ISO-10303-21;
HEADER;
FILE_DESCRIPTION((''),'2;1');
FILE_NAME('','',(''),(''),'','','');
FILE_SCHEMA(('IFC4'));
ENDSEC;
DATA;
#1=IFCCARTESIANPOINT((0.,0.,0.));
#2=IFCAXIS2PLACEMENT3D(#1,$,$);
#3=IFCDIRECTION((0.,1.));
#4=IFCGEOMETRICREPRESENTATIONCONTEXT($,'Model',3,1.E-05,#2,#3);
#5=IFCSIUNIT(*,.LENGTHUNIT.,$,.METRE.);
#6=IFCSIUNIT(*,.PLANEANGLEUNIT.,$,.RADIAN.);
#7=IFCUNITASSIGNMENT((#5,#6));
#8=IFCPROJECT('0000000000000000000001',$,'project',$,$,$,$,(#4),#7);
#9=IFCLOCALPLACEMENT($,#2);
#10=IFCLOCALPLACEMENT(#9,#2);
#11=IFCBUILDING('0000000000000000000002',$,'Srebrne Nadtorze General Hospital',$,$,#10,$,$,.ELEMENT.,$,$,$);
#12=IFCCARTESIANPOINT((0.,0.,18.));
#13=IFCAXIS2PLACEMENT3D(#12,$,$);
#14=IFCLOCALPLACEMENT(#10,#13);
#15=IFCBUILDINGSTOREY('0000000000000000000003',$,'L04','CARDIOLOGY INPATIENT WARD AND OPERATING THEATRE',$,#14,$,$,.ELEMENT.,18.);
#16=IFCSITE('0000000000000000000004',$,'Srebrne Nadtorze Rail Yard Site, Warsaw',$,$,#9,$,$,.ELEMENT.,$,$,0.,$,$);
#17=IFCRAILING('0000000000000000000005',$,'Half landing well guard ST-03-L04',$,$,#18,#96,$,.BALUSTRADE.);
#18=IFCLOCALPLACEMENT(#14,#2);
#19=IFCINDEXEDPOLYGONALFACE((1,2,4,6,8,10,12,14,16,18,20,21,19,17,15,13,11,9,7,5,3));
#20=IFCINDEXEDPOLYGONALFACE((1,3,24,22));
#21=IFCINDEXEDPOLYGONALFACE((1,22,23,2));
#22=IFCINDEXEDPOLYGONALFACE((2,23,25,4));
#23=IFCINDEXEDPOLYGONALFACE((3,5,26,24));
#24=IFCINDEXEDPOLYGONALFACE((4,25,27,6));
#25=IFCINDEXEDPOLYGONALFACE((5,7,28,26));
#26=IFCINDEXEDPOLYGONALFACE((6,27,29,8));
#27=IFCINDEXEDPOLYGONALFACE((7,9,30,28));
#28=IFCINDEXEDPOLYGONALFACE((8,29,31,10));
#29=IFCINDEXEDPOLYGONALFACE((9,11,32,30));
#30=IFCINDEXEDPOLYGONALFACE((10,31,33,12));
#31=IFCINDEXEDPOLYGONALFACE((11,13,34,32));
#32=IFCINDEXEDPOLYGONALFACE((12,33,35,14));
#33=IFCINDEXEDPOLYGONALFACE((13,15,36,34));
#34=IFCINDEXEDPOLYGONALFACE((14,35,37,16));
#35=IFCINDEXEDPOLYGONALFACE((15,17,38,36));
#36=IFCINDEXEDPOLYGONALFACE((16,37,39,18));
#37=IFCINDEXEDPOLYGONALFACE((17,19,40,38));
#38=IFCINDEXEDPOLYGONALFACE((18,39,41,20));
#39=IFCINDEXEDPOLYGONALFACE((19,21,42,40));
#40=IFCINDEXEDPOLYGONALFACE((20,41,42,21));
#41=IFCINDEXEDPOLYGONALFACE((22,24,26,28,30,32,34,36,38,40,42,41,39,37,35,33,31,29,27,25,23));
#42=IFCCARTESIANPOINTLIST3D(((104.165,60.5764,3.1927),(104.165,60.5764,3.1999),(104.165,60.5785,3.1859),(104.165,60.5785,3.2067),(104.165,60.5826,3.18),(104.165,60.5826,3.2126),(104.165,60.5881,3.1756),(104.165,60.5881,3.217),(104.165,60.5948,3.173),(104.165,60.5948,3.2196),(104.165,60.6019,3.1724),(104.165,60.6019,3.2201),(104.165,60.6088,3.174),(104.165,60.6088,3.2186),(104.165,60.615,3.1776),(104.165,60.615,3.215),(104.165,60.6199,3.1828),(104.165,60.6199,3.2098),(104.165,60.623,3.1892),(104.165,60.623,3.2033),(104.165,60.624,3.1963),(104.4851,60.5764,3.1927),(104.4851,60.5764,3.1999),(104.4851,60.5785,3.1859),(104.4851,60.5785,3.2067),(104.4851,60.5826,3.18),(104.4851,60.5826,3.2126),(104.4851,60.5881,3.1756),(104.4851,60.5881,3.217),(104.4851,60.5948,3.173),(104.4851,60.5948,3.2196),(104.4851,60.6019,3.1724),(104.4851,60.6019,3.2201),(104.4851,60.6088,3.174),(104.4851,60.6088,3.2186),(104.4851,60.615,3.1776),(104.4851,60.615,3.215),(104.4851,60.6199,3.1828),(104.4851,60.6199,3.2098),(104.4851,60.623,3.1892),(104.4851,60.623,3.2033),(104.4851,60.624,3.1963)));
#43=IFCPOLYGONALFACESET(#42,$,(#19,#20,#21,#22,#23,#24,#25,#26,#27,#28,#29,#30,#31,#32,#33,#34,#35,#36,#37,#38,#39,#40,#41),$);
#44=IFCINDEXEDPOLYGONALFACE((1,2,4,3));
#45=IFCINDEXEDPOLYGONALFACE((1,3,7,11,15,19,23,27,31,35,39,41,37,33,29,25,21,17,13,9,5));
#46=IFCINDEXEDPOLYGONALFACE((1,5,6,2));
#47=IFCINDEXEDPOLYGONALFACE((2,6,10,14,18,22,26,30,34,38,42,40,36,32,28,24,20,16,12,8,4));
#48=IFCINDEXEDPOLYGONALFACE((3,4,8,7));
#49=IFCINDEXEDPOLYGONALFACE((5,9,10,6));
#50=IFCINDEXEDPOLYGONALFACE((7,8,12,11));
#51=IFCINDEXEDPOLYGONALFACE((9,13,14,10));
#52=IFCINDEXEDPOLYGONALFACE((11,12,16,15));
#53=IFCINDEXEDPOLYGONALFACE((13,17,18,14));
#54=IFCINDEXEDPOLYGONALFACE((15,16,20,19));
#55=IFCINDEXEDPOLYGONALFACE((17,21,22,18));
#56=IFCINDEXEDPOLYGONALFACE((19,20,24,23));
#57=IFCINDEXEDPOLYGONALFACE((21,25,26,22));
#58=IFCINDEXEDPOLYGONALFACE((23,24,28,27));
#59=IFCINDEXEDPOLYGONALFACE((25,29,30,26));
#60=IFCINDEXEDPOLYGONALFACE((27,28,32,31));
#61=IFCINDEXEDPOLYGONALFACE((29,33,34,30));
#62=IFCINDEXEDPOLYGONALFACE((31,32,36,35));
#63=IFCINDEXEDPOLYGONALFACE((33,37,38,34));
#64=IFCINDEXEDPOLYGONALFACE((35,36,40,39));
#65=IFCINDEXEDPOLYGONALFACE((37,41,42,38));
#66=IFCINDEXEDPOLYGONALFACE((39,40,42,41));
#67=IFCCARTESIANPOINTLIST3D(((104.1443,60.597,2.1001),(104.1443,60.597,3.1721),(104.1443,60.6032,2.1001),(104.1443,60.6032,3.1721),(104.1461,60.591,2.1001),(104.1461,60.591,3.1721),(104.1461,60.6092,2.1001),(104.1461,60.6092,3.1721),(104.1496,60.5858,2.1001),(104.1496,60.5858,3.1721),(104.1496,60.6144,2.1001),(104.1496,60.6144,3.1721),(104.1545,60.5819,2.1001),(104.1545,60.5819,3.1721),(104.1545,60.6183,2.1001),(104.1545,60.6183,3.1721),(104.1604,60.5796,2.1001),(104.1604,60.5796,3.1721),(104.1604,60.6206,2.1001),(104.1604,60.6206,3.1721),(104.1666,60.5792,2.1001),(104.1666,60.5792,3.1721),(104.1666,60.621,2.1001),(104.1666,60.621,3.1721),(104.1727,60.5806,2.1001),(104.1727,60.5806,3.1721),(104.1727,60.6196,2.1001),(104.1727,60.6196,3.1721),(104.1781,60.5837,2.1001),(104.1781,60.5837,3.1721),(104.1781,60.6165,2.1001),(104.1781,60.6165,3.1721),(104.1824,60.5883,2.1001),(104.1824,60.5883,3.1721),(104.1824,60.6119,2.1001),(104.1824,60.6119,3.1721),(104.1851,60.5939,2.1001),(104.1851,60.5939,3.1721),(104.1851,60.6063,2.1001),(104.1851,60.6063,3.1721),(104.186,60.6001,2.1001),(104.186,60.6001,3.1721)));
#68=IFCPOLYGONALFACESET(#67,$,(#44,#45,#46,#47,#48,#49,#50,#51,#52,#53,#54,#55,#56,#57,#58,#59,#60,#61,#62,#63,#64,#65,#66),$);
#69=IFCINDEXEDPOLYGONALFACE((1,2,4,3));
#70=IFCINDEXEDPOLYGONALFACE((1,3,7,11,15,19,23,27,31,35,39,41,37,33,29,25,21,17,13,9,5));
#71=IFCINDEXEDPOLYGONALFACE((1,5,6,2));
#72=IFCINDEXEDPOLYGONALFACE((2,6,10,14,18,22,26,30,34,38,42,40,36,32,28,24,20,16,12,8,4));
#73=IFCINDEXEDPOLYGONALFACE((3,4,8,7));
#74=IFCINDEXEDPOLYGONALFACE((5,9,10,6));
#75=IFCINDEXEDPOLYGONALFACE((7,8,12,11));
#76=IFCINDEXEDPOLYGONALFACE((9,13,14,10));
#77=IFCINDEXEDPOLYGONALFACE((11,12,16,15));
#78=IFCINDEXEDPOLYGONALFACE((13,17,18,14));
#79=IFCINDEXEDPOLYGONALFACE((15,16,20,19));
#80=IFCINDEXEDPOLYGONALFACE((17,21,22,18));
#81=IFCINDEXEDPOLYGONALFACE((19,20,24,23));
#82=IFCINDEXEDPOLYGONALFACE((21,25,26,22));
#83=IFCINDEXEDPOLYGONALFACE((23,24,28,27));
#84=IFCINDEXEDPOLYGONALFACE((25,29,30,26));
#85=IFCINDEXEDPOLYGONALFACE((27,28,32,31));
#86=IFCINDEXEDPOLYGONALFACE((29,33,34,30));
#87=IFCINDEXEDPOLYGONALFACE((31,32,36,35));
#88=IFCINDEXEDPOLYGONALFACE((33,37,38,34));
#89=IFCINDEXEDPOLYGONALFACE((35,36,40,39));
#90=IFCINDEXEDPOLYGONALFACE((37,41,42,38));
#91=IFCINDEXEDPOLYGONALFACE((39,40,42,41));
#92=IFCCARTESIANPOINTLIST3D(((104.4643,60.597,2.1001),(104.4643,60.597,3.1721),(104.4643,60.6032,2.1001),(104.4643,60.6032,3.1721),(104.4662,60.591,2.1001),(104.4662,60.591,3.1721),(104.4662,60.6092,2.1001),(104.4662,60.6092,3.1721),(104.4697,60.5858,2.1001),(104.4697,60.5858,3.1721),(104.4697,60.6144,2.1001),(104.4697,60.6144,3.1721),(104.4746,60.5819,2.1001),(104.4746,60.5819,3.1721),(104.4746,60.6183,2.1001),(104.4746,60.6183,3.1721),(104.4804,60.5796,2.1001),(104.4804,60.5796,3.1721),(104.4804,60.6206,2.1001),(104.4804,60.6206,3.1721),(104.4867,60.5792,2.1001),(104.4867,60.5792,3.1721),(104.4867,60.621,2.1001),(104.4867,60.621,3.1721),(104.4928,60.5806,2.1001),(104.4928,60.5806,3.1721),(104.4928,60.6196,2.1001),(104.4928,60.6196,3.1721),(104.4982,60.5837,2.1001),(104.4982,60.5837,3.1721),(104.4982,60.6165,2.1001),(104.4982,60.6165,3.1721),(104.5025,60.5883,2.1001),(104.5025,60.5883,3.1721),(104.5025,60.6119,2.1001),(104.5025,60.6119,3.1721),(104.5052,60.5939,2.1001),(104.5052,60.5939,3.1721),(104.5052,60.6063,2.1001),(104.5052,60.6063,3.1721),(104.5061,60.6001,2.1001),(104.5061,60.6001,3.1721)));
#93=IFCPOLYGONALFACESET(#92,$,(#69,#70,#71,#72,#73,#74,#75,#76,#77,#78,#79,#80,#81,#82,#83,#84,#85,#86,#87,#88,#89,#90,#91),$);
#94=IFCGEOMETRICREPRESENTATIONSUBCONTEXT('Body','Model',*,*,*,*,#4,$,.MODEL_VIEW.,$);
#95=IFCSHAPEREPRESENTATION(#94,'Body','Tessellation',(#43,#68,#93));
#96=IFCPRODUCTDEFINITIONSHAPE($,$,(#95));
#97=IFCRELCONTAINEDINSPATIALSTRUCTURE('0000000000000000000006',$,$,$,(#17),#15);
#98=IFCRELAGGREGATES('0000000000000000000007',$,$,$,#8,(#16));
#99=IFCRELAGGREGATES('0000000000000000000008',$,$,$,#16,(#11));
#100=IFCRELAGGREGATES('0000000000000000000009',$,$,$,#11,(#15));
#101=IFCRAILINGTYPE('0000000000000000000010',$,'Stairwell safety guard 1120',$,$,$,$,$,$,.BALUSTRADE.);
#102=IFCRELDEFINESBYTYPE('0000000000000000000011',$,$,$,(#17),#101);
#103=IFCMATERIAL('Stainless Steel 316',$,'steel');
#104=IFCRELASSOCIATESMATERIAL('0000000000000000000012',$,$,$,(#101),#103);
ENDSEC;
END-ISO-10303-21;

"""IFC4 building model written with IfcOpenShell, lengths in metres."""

from ifc_helpers import new_model, si_unit, direction, frame, origin, origin_2d, place, context, subcontext, project, spatial, circle, extrude, material, type_object, element, save


model = new_model("IFC4")

# Units and contexts
model_context = context("Model", 3, precision=1e-05, world=origin(), true_north=direction((0.0, 1.0)))
body_context = subcontext(model_context, "Body", "Model", "MODEL_VIEW")
ifc_project = project(units=[si_unit("LENGTHUNIT", "METRE"), si_unit("PLANEANGLEUNIT", "RADIAN")], contexts=[model_context])

# Site, building, storey
site_placement = place(None, origin())
site = spatial("IfcSite", under=ifc_project, at=site_placement, Name="Srebrne Nadtorze Rail Yard Site, Warsaw", CompositionType="ELEMENT", RefElevation=0.0)
building_placement = place(site_placement, origin())
building = spatial("IfcBuilding", under=site, at=building_placement, Name="Srebrne Nadtorze General Hospital", CompositionType="ELEMENT")
storey_placement = place(building_placement, frame((0.0, 0.0, 18.0)))
storey = spatial("IfcBuildingStorey", under=building, at=storey_placement, Name="L04", Description="CARDIOLOGY INPATIENT WARD AND OPERATING THEATRE", CompositionType="ELEMENT", Elevation=18.0)

# Railing
ifc_material_1 = material(Name="Stainless Steel 316", Category="steel")
railing_type_1 = type_object("IfcRailingType", Name="Stairwell safety guard 1120", PredefinedType="BALUSTRADE", material=ifc_material_1)
railing_1_placement = place(storey_placement, frame((104.165, 60.6001, 2.1001)))
element("IfcRailing", 1, at=railing_1_placement, inside=storey, type_object=railing_type_1, Name="Half landing well guard ST-03-L04", PredefinedType="BALUSTRADE", context=body_context, shape_type="SweptSolid", body=[
    extrude(circle(Radius=0.0239, at=origin_2d()), frame((0.0, 0.0, 1.0962), z_axis=(1.0, 0.0, 0.0), x_axis=(0.0, 1.0, 0.0)), (0.0, 0.0, 1.0), 0.3201),
    extrude(circle(Radius=0.021, at=origin_2d()), origin(), (0.0, 0.0, 1.0), 1.072),
    extrude(circle(Radius=0.021, at=origin_2d()), frame((0.3201, 0.0, 0.0)), (0.0, 0.0, 1.0), 1.072),
])

save(model, "model.ifc")
